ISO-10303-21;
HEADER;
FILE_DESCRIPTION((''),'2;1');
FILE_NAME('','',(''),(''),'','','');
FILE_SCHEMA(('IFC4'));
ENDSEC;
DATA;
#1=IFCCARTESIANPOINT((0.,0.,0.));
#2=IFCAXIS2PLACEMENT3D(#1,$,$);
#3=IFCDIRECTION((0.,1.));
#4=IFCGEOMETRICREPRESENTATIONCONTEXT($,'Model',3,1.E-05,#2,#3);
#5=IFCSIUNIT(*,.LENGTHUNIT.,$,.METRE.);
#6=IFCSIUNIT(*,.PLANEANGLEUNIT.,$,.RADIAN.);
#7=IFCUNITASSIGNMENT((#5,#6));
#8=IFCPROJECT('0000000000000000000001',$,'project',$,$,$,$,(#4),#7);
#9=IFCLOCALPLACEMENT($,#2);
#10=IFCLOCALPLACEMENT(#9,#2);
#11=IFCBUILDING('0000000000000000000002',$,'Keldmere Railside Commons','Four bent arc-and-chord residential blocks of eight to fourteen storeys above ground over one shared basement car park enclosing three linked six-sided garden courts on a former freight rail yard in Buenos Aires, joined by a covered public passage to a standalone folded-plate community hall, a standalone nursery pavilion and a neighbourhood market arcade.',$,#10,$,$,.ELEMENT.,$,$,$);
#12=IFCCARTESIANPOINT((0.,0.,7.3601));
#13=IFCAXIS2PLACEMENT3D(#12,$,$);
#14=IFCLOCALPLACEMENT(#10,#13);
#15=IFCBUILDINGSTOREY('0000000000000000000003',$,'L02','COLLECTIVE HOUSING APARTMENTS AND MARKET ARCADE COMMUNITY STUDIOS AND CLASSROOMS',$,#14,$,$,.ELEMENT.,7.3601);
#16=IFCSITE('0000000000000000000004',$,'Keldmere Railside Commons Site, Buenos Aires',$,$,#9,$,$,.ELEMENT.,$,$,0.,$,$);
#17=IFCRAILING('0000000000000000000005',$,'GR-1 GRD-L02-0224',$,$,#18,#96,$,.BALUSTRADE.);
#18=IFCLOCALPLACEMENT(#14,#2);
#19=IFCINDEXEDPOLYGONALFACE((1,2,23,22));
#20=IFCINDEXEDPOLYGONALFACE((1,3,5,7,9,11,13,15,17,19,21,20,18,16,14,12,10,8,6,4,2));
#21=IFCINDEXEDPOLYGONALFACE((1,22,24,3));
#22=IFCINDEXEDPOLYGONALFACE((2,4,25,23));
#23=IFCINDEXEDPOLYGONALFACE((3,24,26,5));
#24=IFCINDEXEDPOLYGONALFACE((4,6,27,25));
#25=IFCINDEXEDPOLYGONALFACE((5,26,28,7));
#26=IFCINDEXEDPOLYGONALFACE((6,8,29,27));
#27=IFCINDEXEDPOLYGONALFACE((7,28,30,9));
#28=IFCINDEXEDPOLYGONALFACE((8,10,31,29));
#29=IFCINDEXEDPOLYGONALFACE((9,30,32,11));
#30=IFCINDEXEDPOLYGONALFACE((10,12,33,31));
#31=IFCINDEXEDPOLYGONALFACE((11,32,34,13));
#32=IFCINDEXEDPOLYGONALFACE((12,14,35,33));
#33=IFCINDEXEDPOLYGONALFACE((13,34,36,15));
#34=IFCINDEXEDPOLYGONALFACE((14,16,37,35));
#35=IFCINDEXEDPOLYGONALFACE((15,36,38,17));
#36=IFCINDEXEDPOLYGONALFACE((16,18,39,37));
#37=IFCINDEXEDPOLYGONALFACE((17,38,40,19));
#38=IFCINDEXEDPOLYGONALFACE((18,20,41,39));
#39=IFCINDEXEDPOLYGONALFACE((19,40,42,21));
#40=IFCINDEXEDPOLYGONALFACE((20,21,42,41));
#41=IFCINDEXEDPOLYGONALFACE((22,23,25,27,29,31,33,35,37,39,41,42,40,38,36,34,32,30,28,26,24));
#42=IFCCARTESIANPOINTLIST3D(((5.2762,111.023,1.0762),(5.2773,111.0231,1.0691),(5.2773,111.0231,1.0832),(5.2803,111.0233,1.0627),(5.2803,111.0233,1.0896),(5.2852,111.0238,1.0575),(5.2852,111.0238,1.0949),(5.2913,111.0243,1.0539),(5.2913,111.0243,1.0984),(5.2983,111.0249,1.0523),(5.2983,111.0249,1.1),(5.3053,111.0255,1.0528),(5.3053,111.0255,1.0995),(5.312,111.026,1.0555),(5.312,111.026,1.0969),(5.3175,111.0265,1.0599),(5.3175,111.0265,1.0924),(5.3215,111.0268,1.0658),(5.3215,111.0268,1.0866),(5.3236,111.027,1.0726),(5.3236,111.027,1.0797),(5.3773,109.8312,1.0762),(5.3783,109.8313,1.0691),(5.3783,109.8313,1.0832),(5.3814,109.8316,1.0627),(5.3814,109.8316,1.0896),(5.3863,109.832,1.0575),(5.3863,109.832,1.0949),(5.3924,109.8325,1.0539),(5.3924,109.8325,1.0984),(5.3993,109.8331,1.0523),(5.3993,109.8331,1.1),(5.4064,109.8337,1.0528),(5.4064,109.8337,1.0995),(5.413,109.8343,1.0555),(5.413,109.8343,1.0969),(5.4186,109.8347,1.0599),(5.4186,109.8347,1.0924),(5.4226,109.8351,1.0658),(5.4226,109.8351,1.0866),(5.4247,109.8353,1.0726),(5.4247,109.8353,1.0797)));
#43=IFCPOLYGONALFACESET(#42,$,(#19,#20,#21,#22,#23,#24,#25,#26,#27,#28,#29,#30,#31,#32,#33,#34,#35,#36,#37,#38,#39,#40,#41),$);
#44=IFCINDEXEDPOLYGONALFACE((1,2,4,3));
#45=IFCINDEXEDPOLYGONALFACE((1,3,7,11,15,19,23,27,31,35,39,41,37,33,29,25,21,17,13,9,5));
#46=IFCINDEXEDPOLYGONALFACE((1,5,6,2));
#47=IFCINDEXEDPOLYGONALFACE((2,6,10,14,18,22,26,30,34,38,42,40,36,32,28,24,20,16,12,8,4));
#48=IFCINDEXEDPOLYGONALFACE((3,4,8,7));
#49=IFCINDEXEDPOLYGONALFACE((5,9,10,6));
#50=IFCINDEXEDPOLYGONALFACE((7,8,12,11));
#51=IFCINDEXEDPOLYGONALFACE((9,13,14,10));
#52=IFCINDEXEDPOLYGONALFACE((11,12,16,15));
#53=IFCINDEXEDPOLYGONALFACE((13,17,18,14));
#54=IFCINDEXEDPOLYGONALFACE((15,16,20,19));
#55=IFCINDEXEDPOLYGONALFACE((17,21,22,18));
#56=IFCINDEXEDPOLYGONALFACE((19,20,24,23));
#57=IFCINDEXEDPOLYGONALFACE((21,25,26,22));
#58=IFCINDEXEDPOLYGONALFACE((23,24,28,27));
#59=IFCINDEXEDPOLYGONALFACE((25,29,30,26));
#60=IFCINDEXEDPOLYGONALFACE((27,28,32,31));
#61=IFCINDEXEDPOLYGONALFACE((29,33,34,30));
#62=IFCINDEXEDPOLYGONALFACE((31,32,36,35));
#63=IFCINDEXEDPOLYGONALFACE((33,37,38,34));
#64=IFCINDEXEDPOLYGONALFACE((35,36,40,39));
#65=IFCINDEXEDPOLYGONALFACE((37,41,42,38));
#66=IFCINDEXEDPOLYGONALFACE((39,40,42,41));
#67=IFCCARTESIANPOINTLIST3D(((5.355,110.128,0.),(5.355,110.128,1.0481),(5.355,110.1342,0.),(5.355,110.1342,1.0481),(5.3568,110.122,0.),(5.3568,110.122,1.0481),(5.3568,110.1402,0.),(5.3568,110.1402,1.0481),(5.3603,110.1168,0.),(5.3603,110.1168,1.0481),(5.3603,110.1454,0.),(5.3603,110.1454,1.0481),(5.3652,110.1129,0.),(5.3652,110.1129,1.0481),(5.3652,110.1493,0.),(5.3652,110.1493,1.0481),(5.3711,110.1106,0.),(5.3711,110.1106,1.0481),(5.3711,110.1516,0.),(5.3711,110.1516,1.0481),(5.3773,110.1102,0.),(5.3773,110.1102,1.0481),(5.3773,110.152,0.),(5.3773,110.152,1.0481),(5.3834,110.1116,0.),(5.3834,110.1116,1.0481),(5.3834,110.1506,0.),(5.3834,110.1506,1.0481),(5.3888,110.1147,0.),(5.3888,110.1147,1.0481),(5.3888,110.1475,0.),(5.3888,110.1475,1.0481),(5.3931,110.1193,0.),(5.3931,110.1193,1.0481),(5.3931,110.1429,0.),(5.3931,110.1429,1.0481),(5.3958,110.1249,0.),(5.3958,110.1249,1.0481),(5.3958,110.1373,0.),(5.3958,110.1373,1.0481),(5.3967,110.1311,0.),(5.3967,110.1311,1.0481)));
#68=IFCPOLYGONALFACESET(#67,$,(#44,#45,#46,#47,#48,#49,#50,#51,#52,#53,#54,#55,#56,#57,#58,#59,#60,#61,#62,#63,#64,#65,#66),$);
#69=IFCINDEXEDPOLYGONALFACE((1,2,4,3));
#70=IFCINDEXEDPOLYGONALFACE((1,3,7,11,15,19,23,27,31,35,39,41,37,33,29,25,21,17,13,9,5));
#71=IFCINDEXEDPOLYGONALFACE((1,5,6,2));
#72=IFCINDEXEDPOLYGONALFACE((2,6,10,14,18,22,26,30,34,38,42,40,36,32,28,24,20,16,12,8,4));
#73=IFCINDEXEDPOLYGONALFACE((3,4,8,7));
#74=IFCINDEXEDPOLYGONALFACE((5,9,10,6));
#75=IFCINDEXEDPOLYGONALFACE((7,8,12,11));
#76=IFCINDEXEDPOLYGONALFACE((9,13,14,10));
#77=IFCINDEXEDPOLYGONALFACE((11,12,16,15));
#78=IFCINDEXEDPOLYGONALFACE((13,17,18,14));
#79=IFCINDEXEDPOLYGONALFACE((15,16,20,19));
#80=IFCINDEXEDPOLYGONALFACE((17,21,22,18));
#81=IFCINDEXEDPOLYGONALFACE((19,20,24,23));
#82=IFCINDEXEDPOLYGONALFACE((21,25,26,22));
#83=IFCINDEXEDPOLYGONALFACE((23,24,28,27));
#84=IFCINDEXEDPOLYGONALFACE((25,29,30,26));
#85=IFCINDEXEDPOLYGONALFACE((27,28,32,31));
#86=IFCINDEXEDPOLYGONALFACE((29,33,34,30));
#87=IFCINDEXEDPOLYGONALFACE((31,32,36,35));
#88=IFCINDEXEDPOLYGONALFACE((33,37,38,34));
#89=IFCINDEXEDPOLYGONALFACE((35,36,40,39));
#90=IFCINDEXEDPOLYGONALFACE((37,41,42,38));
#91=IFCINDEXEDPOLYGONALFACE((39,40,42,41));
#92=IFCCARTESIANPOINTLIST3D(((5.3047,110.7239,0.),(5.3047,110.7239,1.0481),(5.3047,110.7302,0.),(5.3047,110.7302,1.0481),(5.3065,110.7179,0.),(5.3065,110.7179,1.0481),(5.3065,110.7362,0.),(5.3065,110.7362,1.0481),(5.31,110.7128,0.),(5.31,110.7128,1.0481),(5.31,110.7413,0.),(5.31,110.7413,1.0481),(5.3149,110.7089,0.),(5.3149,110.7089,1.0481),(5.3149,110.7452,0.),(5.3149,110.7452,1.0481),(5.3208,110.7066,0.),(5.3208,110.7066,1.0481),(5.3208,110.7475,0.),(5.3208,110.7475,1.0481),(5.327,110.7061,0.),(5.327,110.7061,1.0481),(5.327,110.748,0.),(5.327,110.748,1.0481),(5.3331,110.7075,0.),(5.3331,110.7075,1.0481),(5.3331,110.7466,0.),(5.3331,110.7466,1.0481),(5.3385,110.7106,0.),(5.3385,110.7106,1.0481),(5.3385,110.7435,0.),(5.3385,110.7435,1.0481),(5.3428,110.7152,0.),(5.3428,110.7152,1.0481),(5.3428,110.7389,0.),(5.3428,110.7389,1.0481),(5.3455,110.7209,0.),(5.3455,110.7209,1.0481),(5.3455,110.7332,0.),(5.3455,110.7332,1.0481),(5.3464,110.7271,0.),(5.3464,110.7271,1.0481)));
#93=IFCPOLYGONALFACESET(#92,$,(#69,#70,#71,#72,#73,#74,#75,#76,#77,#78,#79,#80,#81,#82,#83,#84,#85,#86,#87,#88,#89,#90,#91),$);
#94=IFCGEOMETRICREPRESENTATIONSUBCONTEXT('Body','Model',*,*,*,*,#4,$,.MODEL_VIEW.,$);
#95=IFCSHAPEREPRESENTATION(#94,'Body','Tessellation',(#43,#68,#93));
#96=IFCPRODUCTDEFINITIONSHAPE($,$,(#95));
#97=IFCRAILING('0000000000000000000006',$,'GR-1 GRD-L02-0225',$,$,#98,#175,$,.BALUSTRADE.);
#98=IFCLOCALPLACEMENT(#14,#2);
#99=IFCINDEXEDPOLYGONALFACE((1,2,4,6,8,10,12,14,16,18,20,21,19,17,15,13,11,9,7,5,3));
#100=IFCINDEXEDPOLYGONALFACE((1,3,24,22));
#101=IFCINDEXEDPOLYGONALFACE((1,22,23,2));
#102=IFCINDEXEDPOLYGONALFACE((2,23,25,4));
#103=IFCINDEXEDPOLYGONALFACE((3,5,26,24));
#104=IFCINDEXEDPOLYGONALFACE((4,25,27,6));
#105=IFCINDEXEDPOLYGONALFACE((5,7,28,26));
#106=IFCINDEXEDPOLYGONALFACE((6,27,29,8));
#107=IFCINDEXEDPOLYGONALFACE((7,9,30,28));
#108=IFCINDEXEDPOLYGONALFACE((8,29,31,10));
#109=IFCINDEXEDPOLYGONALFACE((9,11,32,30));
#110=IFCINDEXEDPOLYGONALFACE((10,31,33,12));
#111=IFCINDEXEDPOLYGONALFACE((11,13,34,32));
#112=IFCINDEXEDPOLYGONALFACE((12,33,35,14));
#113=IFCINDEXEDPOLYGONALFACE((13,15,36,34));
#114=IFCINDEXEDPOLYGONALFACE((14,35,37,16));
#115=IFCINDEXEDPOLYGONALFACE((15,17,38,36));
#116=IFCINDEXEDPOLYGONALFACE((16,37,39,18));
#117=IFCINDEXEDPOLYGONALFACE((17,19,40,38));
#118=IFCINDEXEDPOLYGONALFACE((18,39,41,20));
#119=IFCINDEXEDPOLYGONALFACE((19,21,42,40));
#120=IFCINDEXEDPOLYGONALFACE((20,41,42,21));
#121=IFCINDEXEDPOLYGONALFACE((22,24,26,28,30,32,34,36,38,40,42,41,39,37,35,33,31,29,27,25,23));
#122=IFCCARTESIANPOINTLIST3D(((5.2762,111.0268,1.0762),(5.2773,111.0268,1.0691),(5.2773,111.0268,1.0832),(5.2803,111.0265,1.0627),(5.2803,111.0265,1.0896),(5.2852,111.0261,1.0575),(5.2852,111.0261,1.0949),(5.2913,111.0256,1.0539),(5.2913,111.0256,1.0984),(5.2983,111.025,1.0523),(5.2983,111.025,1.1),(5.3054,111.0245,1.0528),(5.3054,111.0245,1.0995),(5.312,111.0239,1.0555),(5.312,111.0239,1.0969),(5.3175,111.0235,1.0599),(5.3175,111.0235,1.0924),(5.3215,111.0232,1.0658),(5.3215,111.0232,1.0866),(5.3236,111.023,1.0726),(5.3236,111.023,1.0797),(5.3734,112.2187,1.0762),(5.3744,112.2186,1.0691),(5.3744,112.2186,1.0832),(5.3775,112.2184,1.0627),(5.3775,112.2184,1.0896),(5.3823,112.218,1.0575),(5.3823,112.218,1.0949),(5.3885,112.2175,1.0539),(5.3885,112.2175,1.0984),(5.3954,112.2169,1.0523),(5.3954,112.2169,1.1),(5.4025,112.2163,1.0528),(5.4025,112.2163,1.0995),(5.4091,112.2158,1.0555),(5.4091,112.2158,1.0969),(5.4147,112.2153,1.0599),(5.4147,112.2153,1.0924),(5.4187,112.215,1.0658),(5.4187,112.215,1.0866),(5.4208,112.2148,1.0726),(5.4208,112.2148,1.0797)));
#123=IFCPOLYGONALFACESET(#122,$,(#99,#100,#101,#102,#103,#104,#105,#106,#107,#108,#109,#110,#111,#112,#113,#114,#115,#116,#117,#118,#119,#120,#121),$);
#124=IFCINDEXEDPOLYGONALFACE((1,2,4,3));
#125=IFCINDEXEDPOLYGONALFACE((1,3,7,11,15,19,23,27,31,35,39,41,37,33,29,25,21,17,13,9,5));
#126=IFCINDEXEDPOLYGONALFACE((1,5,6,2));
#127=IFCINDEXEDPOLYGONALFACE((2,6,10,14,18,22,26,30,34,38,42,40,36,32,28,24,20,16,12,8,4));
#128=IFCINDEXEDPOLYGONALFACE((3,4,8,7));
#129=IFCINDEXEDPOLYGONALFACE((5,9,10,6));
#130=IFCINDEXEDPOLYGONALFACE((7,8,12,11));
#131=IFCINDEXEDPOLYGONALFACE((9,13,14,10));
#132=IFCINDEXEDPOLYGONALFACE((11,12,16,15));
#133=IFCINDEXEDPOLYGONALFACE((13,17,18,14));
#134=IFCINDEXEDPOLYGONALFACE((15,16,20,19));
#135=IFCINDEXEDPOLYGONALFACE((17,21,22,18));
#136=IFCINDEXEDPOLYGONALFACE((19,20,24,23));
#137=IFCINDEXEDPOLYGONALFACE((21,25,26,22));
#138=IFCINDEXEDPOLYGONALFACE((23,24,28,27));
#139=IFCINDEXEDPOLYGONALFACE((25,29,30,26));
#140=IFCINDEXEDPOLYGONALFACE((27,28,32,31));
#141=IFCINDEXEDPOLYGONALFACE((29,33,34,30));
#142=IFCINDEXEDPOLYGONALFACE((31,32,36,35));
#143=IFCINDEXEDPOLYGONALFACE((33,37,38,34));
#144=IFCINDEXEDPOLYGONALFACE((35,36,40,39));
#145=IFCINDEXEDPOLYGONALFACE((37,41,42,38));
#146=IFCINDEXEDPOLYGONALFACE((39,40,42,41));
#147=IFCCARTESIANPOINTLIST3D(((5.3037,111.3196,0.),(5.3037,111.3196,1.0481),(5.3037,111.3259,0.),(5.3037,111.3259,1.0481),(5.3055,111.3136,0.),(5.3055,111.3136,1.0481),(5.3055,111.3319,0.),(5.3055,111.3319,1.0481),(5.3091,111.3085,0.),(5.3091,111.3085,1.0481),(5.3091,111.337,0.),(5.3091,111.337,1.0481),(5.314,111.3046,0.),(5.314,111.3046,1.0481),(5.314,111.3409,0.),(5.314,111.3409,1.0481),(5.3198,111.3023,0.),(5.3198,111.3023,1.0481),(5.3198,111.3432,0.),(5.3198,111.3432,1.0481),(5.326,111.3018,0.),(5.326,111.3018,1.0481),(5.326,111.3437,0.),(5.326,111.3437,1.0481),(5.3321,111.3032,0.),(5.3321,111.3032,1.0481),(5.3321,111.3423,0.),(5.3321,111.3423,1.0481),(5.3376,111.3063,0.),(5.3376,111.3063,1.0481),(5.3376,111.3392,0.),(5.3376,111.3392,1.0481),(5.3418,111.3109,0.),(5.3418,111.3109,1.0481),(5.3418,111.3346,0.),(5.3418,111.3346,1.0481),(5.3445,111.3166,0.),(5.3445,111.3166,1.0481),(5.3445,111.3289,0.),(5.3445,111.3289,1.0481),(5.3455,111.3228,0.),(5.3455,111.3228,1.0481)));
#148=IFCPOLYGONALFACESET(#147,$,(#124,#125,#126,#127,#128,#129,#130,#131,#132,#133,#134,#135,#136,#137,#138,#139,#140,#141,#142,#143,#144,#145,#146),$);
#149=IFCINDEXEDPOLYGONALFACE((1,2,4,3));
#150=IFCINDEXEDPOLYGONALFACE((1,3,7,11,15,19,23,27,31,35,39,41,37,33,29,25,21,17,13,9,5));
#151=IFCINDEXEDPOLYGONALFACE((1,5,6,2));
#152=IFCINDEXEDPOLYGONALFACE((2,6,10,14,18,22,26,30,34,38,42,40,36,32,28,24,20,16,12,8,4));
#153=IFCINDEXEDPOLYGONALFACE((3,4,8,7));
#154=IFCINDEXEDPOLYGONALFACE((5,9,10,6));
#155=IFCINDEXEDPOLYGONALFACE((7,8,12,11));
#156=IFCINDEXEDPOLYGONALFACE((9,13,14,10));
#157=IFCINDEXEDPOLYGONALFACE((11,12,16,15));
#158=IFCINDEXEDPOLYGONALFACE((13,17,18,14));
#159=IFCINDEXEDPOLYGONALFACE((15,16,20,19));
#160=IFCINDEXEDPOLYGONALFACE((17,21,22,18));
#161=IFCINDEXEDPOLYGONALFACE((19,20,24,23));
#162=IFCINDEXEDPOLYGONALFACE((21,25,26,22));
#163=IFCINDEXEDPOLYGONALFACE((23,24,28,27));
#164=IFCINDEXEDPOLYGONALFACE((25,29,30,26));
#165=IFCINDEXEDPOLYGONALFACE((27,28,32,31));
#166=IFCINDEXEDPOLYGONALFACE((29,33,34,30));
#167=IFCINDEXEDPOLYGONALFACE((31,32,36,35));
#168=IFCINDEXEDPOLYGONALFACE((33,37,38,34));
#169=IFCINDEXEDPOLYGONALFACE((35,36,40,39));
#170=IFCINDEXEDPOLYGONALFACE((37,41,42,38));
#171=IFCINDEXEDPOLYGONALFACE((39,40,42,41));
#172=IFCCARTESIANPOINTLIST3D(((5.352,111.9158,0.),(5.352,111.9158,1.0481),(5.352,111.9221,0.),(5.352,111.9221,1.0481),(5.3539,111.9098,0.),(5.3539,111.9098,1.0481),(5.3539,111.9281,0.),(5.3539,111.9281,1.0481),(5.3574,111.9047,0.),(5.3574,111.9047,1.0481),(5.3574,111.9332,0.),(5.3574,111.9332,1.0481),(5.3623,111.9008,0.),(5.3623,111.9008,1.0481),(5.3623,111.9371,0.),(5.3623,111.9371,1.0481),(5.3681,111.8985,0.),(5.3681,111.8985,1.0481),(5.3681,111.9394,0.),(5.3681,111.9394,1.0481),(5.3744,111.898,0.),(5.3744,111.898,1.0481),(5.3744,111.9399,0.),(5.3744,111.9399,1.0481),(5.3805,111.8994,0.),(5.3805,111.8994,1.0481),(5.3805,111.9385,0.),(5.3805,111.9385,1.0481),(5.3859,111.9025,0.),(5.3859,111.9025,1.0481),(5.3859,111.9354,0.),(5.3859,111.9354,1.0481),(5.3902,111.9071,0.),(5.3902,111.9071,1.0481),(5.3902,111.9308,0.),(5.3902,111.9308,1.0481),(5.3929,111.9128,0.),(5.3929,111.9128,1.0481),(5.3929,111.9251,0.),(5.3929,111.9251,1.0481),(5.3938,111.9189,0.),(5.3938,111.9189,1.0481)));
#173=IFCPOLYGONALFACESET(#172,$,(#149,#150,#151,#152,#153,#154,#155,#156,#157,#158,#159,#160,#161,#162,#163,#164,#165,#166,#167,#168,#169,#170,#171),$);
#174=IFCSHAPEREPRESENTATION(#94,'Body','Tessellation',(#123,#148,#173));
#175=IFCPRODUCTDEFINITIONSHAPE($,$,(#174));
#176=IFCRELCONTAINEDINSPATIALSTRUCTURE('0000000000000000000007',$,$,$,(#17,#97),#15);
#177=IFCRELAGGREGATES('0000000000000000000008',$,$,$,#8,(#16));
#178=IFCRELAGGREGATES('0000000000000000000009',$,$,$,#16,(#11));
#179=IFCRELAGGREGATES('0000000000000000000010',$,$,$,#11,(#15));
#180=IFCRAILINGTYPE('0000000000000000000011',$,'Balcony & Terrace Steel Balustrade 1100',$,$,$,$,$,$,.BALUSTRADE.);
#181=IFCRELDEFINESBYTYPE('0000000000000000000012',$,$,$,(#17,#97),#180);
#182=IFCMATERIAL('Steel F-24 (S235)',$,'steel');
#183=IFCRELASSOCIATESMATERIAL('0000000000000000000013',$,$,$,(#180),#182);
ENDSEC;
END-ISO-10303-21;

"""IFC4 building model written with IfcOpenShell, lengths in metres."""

from ifc_helpers import new_model, si_unit, direction, frame, origin, origin_2d, place, context, subcontext, project, spatial, circle, extrude, material, type_object, element, save


model = new_model("IFC4")

# Units and contexts
model_context = context("Model", 3, precision=1e-05, world=origin(), true_north=direction((0.0, 1.0)))
body_context = subcontext(model_context, "Body", "Model", "MODEL_VIEW")
ifc_project = project(units=[si_unit("LENGTHUNIT", "METRE"), si_unit("PLANEANGLEUNIT", "RADIAN")], contexts=[model_context])

# Site, building, storey
site_placement = place(None, origin())
site = spatial("IfcSite", under=ifc_project, at=site_placement, Name="Keldmere Railside Commons Site, Buenos Aires", CompositionType="ELEMENT", RefElevation=0.0)
building_placement = place(site_placement, origin())
building = spatial("IfcBuilding", under=site, at=building_placement, Name="Keldmere Railside Commons", Description="Four bent arc-and-chord residential blocks of eight to fourteen storeys above ground over one shared basement car park enclosing three linked six-sided garden courts on a former freight rail yard in Buenos Aires, joined by a covered public passage to a standalone folded-plate community hall, a standalone nursery pavilion and a neighbourhood market arcade.", CompositionType="ELEMENT")
storey_placement = place(building_placement, frame((0.0, 0.0, 7.3601)))
storey = spatial("IfcBuildingStorey", under=building, at=storey_placement, Name="L02", Description="COLLECTIVE HOUSING APARTMENTS AND MARKET ARCADE COMMUNITY STUDIOS AND CLASSROOMS", CompositionType="ELEMENT", Elevation=7.3601)

# Railings
ifc_material_1 = material(Name="Steel F-24 (S235)", Category="steel")
railing_type = type_object("IfcRailingType", Name="Balcony & Terrace Steel Balustrade 1100", PredefinedType="BALUSTRADE", material=ifc_material_1)
railing_1_placement = place(storey_placement, frame((5.4011, 109.8333, 0.0)))
element("IfcRailing", 1, at=railing_1_placement, inside=storey, type_object=railing_type, Name="GR-1 GRD-L02-0224", PredefinedType="BALUSTRADE", context=body_context, shape_type="SweptSolid", body=[
    extrude(circle(Radius=0.0239, at=origin_2d()), frame((0.0, 0.0, 1.0762), z_axis=(-0.084515, 0.996422, 0.0), x_axis=(-0.996422, -0.084515, 0.0)), (0.0, 0.0, 1.0), 1.196),
    extrude(circle(Radius=0.021, at=origin_2d()), frame((-0.0254, 0.2979, 0.0)), (0.0, 0.0, 1.0), 1.0481),
    extrude(circle(Radius=0.021, at=origin_2d()), frame((-0.0757, 0.8938, 0.0)), (0.0, 0.0, 1.0), 1.0481),
])
railing_2_placement = place(storey_placement, frame((5.3, 111.0249, 0.0)))
element("IfcRailing", 2, at=railing_2_placement, inside=storey, type_object=railing_type, Name="GR-1 GRD-L02-0225", PredefinedType="BALUSTRADE", context=body_context, shape_type="SweptSolid", body=[
    extrude(circle(Radius=0.0239, at=origin_2d()), frame((0.0, 0.0, 1.0762), z_axis=(0.081254, 0.996693, 0.0), x_axis=(-0.996693, 0.081254, 0.0)), (0.0, 0.0, 1.0), 1.1958),
    extrude(circle(Radius=0.021, at=origin_2d()), frame((0.0244, 0.2979, 0.0)), (0.0, 0.0, 1.0), 1.0481),
    extrude(circle(Radius=0.021, at=origin_2d()), frame((0.0728, 0.894, 0.0)), (0.0, 0.0, 1.0), 1.0481),
])

save(model, "model.ifc")
